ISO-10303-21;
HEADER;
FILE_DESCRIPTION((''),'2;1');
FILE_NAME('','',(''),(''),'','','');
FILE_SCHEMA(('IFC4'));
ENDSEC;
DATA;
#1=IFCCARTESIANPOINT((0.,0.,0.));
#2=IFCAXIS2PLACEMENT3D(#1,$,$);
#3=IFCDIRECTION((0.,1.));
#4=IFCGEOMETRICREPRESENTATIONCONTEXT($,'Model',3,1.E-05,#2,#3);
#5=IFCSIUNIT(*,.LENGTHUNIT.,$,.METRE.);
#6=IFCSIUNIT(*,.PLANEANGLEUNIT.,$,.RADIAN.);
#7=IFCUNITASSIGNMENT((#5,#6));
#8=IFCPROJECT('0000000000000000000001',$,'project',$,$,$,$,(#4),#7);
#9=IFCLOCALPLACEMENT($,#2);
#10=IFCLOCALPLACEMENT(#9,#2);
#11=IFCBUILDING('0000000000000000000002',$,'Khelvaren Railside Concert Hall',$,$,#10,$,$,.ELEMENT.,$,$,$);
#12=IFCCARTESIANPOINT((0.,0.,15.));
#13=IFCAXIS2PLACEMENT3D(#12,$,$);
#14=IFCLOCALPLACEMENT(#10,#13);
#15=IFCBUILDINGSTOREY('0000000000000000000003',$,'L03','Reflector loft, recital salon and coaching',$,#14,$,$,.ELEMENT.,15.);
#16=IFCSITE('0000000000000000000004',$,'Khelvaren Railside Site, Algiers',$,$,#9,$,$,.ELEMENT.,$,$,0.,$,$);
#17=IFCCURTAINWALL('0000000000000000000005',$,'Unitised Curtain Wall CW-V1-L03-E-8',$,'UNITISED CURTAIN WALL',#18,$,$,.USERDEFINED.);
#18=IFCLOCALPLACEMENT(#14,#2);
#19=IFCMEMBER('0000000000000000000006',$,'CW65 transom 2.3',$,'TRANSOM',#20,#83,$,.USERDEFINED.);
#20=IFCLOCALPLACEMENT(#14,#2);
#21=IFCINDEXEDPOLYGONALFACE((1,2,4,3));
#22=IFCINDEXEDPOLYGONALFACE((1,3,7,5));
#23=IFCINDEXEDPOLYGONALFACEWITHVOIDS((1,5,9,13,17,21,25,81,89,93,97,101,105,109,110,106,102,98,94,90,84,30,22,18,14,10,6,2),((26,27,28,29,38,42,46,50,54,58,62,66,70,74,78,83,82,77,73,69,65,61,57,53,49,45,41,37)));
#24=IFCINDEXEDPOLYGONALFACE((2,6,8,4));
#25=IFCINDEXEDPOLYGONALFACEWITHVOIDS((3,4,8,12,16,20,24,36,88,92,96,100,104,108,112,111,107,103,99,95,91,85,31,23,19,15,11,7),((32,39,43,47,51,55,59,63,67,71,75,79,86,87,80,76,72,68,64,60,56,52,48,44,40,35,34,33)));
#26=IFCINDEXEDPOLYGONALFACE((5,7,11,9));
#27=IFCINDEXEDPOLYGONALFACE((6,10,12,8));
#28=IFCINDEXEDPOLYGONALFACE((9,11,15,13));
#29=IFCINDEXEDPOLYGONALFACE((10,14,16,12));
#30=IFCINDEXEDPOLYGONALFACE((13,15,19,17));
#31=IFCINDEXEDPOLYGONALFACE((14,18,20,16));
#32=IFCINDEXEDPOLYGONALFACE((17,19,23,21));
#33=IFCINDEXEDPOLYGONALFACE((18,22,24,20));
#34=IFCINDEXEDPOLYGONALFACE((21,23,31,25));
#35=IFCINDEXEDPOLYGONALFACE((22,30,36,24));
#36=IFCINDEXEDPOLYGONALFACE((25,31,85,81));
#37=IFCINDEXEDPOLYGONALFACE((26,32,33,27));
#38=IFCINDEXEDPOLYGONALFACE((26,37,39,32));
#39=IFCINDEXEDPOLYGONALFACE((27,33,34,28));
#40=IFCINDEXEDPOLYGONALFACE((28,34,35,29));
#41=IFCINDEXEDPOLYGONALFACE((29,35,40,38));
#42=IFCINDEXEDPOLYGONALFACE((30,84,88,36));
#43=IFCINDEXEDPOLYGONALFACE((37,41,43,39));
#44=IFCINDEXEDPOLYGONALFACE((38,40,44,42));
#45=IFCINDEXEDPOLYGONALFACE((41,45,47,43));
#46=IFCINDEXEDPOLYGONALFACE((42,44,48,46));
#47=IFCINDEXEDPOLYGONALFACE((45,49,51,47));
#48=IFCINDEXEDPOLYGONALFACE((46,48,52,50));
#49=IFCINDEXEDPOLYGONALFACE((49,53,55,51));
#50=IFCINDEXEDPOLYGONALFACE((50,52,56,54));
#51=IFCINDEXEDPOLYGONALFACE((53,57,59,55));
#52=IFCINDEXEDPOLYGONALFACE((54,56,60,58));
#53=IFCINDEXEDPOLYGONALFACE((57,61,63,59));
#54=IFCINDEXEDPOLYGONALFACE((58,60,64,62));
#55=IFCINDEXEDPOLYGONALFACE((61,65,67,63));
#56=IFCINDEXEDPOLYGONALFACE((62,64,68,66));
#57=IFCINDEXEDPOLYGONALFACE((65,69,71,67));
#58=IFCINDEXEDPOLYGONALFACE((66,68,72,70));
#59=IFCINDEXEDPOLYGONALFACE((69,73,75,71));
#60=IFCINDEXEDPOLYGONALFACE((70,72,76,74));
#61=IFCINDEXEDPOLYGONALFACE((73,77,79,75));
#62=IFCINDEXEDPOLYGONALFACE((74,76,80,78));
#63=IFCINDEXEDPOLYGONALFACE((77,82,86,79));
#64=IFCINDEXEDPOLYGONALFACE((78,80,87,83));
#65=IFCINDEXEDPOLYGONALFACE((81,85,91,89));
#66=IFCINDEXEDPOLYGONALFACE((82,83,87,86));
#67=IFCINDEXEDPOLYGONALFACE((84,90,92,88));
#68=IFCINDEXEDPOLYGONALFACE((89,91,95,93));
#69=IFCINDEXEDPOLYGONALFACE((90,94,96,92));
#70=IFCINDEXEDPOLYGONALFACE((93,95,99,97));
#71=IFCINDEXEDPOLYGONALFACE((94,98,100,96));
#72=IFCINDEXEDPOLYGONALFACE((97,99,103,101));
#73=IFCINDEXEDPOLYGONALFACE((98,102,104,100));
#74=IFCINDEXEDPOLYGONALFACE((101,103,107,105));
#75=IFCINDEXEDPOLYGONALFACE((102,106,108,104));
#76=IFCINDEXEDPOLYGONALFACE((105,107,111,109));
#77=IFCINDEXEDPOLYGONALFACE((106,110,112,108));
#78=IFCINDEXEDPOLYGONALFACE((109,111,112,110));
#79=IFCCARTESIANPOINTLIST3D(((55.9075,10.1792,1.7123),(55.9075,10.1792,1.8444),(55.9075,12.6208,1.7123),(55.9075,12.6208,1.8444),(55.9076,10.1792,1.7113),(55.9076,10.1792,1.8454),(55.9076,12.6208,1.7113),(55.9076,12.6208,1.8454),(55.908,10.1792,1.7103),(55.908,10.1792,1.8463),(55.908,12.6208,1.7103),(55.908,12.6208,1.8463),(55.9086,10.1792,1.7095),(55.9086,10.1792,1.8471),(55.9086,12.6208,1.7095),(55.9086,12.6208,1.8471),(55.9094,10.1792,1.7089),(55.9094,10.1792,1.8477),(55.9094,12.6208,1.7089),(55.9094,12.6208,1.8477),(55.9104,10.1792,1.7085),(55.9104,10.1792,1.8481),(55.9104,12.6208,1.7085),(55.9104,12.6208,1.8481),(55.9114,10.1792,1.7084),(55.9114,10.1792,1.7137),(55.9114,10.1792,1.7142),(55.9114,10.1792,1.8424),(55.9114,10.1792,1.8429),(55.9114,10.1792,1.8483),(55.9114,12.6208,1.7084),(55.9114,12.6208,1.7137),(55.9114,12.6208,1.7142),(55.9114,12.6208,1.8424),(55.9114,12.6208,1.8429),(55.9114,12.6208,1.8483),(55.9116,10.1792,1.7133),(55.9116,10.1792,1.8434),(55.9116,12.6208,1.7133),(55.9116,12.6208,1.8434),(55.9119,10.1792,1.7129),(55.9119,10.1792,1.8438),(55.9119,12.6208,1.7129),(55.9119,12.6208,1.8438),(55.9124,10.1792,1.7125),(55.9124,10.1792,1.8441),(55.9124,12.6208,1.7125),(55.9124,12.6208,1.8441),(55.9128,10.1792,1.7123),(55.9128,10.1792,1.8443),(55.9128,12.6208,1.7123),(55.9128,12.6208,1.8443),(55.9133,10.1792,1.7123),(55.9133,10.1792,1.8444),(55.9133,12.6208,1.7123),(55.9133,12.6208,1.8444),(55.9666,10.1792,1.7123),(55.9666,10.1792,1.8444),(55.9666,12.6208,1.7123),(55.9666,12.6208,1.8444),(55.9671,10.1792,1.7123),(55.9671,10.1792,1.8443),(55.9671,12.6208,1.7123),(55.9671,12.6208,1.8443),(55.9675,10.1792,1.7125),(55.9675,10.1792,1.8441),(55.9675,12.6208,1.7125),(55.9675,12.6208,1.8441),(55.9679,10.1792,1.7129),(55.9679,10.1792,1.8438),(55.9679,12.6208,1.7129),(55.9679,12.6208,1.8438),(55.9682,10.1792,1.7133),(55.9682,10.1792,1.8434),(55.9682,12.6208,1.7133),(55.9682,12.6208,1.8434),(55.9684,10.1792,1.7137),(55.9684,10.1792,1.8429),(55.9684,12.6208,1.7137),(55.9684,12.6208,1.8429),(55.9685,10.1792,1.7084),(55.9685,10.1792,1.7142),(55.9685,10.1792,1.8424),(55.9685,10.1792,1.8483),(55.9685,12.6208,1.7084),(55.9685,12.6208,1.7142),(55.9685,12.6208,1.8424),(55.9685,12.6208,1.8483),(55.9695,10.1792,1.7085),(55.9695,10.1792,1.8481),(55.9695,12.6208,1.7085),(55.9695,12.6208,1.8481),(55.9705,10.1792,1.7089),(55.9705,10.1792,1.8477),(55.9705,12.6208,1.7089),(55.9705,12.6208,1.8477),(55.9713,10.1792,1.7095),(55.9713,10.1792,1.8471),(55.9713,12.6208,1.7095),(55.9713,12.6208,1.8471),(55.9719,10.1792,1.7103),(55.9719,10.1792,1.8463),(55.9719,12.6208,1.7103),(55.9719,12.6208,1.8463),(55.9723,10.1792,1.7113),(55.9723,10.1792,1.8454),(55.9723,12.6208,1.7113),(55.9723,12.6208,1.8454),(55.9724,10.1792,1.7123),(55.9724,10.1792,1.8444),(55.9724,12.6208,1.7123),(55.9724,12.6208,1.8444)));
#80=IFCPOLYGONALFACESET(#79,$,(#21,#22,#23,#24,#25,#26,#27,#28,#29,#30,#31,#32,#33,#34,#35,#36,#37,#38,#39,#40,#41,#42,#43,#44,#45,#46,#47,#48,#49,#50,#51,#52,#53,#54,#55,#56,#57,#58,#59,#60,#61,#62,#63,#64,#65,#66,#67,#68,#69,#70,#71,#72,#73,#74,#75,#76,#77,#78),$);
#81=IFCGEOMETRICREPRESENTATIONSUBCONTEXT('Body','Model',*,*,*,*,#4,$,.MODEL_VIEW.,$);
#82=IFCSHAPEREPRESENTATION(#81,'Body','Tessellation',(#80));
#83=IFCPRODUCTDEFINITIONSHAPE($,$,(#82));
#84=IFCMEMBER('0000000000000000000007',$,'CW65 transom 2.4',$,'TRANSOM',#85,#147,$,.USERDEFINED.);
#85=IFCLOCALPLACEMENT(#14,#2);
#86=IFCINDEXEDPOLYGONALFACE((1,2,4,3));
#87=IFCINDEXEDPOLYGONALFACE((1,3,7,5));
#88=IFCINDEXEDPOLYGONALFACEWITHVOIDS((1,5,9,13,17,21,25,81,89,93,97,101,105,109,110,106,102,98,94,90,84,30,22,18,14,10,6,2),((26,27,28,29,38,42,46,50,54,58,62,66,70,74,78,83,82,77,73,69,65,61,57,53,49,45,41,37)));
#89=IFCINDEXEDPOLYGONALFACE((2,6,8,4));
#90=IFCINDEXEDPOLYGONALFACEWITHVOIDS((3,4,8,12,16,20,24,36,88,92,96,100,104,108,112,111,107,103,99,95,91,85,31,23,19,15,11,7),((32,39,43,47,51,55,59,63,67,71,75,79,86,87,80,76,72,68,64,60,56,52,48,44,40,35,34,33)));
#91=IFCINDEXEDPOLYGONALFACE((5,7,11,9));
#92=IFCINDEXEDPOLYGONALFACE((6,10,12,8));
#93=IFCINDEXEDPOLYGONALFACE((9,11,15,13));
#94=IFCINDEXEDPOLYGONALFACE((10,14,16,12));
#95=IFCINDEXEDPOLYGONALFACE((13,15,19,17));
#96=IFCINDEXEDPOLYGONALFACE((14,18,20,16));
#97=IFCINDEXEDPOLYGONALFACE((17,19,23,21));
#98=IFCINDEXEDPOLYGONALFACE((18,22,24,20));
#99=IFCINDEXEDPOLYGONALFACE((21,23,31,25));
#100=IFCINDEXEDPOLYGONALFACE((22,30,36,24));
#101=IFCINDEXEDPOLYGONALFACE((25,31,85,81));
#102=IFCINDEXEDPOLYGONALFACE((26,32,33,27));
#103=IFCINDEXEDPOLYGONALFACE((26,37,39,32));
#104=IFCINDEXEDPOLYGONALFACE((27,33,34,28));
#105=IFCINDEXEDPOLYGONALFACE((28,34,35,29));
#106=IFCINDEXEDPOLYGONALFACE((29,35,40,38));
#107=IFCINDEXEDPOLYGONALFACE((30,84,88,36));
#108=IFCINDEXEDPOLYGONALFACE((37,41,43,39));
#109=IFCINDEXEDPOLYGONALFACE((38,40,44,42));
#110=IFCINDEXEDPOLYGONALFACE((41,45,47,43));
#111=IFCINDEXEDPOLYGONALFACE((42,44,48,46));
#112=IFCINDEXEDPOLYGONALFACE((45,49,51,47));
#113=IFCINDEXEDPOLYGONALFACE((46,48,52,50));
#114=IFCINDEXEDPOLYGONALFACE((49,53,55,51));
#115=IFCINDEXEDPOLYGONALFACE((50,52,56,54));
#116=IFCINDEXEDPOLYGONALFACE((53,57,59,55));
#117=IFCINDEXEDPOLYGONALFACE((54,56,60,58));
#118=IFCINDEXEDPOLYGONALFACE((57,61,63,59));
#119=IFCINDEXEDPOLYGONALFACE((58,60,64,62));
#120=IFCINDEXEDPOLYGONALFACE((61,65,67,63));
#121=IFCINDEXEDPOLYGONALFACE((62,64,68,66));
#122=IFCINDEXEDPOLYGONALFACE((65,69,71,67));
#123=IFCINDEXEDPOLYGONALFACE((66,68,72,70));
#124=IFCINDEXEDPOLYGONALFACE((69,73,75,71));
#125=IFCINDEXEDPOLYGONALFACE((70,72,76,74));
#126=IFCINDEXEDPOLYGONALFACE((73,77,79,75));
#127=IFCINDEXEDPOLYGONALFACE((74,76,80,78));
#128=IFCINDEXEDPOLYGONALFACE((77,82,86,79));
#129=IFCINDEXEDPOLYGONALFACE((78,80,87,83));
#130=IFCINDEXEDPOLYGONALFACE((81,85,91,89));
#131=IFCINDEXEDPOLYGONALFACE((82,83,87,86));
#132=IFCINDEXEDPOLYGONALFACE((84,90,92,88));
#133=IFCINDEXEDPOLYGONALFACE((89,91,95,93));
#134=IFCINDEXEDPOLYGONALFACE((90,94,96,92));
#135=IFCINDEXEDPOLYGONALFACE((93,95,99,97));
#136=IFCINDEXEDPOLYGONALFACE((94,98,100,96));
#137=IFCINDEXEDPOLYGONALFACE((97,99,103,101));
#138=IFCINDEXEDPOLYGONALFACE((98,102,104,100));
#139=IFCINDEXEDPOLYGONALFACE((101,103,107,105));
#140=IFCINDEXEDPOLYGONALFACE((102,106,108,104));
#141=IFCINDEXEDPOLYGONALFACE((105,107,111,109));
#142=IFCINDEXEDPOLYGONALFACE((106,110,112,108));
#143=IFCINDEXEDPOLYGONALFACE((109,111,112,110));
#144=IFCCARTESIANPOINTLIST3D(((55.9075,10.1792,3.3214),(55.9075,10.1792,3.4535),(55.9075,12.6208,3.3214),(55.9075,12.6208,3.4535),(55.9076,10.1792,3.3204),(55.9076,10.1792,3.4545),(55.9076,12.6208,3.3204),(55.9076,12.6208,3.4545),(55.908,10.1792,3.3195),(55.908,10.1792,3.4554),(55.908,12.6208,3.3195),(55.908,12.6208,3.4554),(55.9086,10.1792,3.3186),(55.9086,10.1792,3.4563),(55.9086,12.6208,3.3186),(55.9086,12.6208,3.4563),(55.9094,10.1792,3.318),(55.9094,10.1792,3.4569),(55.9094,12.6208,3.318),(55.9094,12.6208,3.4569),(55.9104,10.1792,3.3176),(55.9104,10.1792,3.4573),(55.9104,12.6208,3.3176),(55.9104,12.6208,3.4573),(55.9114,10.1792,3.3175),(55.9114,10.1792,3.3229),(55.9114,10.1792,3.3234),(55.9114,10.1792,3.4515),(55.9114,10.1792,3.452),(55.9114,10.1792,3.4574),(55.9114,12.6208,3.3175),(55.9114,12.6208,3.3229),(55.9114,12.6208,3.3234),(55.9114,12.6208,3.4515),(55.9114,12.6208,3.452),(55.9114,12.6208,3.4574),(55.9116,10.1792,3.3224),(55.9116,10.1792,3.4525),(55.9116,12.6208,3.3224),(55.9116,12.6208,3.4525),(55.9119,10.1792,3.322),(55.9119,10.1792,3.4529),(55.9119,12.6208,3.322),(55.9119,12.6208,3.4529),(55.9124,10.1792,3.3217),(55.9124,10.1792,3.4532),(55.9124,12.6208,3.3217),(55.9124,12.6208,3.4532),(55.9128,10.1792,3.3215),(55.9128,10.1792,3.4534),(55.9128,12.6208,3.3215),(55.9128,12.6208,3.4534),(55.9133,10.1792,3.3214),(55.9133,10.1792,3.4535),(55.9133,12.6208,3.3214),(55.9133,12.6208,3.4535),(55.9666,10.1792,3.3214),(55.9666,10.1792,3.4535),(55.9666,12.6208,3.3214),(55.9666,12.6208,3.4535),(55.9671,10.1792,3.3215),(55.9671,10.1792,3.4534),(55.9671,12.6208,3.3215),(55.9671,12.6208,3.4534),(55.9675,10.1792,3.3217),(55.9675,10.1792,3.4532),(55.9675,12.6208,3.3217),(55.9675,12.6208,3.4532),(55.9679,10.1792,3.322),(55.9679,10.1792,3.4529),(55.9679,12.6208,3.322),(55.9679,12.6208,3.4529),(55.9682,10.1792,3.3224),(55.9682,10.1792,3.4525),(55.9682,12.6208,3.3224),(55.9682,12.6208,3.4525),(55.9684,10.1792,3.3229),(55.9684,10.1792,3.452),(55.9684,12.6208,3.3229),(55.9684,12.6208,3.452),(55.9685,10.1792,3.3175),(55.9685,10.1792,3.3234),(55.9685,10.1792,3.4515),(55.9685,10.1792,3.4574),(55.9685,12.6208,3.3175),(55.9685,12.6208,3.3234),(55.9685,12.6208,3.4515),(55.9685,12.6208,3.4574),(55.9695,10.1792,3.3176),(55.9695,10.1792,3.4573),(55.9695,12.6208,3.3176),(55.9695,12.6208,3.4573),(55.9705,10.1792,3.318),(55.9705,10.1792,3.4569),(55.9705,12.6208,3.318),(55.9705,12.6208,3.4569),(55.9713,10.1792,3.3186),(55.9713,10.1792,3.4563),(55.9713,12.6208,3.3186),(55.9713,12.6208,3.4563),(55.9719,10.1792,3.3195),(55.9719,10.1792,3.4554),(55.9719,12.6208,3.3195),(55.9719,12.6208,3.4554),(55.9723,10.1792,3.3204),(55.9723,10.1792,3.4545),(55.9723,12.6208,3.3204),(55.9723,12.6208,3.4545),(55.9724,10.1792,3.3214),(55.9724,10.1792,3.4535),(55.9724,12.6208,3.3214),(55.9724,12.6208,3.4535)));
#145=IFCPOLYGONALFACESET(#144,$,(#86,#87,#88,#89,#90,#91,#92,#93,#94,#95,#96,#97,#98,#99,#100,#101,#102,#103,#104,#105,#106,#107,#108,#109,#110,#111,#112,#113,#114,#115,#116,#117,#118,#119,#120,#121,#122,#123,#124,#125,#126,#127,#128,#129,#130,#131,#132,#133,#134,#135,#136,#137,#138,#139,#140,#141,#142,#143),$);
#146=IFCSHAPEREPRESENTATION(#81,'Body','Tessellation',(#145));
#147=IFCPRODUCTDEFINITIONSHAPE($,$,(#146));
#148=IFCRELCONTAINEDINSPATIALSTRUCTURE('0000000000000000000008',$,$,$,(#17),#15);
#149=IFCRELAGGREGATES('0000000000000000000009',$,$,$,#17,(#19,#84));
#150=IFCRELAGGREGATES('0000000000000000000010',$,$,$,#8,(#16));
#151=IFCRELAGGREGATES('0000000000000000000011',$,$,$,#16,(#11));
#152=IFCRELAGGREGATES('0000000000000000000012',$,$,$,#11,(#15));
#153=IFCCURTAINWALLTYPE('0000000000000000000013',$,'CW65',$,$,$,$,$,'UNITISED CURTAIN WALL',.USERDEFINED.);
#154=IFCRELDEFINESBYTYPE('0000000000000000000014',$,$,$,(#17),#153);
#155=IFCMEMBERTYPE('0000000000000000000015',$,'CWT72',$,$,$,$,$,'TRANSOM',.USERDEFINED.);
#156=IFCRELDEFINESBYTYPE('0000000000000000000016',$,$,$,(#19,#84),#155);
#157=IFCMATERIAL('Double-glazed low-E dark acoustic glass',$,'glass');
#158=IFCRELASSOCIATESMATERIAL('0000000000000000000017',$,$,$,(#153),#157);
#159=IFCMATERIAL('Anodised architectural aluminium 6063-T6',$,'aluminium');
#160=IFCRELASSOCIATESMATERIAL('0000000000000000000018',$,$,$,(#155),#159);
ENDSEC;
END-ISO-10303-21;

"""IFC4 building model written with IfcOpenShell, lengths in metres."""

from ifc_helpers import new_model, si_unit, direction, frame, origin, origin_2d, place, context, subcontext, project, spatial, hollow_rectangle, extrude, material, material_profile, profile_set, type_object, element, aggregate, save


model = new_model("IFC4")

# Units and contexts
model_context = context("Model", 3, precision=1e-05, world=origin(), true_north=direction((0.0, 1.0)))
body_context = subcontext(model_context, "Body", "Model", "MODEL_VIEW")
ifc_project = project(units=[si_unit("LENGTHUNIT", "METRE"), si_unit("PLANEANGLEUNIT", "RADIAN")], contexts=[model_context])

# Site, building, storey
site_placement = place(None, origin())
site = spatial("IfcSite", under=ifc_project, at=site_placement, Name="Khelvaren Railside Site, Algiers", CompositionType="ELEMENT", RefElevation=0.0)
building_placement = place(site_placement, origin())
building = spatial("IfcBuilding", under=site, at=building_placement, Name="Khelvaren Railside Concert Hall", CompositionType="ELEMENT")
storey_placement = place(building_placement, frame((0.0, 0.0, 15.0)))
storey = spatial("IfcBuildingStorey", under=building, at=storey_placement, Name="L03", Description="Reflector loft, recital salon and coaching", CompositionType="ELEMENT", Elevation=15.0)

# Curtain wall, members
ifc_material_1 = material(Name="Double-glazed low-E dark acoustic glass", Category="glass")
curtain_wall_type = type_object("IfcCurtainWallType", Name="CW65", ElementType="UNITISED CURTAIN WALL", PredefinedType="USERDEFINED", material=ifc_material_1)
curtain_wall_placement = place(storey_placement, origin())
curtain_wall = element("IfcCurtainWall", 1, at=curtain_wall_placement, inside=storey, type_object=curtain_wall_type, Name="Unitised Curtain Wall CW-V1-L03-E-8", ObjectType="UNITISED CURTAIN WALL", PredefinedType="USERDEFINED")
ifc_material_2 = material(Name="Anodised architectural aluminium 6063-T6", Category="aluminium")
ifc_material_profile_1 = material_profile(ifc_material_2, hollow_rectangle(XDim=0.0649, YDim=0.1399, WallThickness=0.0039, InnerFilletRadius=0.002, OuterFilletRadius=0.0039, at=origin_2d()), Name="CWT 65x140x4")
ifc_profile_set_1 = profile_set([ifc_material_profile_1], Name="Anodised architectural aluminium 6063-T6")
member_type_1 = type_object("IfcMemberType", Name="CWT72", ElementType="TRANSOM", PredefinedType="USERDEFINED", material=ifc_profile_set_1)
member_1_placement = place(storey_placement, frame((55.9399, 12.6208, 1.7783), z_axis=(0.0, -1.0, 0.0), x_axis=(1.0, 0.0, 0.0)))
member_1 = element("IfcMember", 2, at=member_1_placement, type_object=member_type_1, Name="CW65 transom 2.3", ObjectType="TRANSOM", PredefinedType="USERDEFINED", context=body_context, shape_type="SweptSolid", body=[
    extrude(hollow_rectangle(XDim=0.0649, YDim=0.1399, WallThickness=0.0039, InnerFilletRadius=0.002, OuterFilletRadius=0.0039, at=origin_2d()), origin(), (0.0, 0.0, 1.0), 2.4417),
])
member_2_placement = place(storey_placement, frame((55.9399, 12.6208, 3.3875), z_axis=(0.0, -1.0, 0.0), x_axis=(1.0, 0.0, 0.0)))
member_2 = element("IfcMember", 3, at=member_2_placement, type_object=member_type_1, Name="CW65 transom 2.4", ObjectType="TRANSOM", PredefinedType="USERDEFINED", context=body_context, shape_type="SweptSolid", body=[
    extrude(hollow_rectangle(XDim=0.0649, YDim=0.1399, WallThickness=0.0039, InnerFilletRadius=0.002, OuterFilletRadius=0.0039, at=origin_2d()), origin(), (0.0, 0.0, 1.0), 2.4417),
])

aggregate(curtain_wall, [member_1, member_2])

save(model, "model.ifc")
